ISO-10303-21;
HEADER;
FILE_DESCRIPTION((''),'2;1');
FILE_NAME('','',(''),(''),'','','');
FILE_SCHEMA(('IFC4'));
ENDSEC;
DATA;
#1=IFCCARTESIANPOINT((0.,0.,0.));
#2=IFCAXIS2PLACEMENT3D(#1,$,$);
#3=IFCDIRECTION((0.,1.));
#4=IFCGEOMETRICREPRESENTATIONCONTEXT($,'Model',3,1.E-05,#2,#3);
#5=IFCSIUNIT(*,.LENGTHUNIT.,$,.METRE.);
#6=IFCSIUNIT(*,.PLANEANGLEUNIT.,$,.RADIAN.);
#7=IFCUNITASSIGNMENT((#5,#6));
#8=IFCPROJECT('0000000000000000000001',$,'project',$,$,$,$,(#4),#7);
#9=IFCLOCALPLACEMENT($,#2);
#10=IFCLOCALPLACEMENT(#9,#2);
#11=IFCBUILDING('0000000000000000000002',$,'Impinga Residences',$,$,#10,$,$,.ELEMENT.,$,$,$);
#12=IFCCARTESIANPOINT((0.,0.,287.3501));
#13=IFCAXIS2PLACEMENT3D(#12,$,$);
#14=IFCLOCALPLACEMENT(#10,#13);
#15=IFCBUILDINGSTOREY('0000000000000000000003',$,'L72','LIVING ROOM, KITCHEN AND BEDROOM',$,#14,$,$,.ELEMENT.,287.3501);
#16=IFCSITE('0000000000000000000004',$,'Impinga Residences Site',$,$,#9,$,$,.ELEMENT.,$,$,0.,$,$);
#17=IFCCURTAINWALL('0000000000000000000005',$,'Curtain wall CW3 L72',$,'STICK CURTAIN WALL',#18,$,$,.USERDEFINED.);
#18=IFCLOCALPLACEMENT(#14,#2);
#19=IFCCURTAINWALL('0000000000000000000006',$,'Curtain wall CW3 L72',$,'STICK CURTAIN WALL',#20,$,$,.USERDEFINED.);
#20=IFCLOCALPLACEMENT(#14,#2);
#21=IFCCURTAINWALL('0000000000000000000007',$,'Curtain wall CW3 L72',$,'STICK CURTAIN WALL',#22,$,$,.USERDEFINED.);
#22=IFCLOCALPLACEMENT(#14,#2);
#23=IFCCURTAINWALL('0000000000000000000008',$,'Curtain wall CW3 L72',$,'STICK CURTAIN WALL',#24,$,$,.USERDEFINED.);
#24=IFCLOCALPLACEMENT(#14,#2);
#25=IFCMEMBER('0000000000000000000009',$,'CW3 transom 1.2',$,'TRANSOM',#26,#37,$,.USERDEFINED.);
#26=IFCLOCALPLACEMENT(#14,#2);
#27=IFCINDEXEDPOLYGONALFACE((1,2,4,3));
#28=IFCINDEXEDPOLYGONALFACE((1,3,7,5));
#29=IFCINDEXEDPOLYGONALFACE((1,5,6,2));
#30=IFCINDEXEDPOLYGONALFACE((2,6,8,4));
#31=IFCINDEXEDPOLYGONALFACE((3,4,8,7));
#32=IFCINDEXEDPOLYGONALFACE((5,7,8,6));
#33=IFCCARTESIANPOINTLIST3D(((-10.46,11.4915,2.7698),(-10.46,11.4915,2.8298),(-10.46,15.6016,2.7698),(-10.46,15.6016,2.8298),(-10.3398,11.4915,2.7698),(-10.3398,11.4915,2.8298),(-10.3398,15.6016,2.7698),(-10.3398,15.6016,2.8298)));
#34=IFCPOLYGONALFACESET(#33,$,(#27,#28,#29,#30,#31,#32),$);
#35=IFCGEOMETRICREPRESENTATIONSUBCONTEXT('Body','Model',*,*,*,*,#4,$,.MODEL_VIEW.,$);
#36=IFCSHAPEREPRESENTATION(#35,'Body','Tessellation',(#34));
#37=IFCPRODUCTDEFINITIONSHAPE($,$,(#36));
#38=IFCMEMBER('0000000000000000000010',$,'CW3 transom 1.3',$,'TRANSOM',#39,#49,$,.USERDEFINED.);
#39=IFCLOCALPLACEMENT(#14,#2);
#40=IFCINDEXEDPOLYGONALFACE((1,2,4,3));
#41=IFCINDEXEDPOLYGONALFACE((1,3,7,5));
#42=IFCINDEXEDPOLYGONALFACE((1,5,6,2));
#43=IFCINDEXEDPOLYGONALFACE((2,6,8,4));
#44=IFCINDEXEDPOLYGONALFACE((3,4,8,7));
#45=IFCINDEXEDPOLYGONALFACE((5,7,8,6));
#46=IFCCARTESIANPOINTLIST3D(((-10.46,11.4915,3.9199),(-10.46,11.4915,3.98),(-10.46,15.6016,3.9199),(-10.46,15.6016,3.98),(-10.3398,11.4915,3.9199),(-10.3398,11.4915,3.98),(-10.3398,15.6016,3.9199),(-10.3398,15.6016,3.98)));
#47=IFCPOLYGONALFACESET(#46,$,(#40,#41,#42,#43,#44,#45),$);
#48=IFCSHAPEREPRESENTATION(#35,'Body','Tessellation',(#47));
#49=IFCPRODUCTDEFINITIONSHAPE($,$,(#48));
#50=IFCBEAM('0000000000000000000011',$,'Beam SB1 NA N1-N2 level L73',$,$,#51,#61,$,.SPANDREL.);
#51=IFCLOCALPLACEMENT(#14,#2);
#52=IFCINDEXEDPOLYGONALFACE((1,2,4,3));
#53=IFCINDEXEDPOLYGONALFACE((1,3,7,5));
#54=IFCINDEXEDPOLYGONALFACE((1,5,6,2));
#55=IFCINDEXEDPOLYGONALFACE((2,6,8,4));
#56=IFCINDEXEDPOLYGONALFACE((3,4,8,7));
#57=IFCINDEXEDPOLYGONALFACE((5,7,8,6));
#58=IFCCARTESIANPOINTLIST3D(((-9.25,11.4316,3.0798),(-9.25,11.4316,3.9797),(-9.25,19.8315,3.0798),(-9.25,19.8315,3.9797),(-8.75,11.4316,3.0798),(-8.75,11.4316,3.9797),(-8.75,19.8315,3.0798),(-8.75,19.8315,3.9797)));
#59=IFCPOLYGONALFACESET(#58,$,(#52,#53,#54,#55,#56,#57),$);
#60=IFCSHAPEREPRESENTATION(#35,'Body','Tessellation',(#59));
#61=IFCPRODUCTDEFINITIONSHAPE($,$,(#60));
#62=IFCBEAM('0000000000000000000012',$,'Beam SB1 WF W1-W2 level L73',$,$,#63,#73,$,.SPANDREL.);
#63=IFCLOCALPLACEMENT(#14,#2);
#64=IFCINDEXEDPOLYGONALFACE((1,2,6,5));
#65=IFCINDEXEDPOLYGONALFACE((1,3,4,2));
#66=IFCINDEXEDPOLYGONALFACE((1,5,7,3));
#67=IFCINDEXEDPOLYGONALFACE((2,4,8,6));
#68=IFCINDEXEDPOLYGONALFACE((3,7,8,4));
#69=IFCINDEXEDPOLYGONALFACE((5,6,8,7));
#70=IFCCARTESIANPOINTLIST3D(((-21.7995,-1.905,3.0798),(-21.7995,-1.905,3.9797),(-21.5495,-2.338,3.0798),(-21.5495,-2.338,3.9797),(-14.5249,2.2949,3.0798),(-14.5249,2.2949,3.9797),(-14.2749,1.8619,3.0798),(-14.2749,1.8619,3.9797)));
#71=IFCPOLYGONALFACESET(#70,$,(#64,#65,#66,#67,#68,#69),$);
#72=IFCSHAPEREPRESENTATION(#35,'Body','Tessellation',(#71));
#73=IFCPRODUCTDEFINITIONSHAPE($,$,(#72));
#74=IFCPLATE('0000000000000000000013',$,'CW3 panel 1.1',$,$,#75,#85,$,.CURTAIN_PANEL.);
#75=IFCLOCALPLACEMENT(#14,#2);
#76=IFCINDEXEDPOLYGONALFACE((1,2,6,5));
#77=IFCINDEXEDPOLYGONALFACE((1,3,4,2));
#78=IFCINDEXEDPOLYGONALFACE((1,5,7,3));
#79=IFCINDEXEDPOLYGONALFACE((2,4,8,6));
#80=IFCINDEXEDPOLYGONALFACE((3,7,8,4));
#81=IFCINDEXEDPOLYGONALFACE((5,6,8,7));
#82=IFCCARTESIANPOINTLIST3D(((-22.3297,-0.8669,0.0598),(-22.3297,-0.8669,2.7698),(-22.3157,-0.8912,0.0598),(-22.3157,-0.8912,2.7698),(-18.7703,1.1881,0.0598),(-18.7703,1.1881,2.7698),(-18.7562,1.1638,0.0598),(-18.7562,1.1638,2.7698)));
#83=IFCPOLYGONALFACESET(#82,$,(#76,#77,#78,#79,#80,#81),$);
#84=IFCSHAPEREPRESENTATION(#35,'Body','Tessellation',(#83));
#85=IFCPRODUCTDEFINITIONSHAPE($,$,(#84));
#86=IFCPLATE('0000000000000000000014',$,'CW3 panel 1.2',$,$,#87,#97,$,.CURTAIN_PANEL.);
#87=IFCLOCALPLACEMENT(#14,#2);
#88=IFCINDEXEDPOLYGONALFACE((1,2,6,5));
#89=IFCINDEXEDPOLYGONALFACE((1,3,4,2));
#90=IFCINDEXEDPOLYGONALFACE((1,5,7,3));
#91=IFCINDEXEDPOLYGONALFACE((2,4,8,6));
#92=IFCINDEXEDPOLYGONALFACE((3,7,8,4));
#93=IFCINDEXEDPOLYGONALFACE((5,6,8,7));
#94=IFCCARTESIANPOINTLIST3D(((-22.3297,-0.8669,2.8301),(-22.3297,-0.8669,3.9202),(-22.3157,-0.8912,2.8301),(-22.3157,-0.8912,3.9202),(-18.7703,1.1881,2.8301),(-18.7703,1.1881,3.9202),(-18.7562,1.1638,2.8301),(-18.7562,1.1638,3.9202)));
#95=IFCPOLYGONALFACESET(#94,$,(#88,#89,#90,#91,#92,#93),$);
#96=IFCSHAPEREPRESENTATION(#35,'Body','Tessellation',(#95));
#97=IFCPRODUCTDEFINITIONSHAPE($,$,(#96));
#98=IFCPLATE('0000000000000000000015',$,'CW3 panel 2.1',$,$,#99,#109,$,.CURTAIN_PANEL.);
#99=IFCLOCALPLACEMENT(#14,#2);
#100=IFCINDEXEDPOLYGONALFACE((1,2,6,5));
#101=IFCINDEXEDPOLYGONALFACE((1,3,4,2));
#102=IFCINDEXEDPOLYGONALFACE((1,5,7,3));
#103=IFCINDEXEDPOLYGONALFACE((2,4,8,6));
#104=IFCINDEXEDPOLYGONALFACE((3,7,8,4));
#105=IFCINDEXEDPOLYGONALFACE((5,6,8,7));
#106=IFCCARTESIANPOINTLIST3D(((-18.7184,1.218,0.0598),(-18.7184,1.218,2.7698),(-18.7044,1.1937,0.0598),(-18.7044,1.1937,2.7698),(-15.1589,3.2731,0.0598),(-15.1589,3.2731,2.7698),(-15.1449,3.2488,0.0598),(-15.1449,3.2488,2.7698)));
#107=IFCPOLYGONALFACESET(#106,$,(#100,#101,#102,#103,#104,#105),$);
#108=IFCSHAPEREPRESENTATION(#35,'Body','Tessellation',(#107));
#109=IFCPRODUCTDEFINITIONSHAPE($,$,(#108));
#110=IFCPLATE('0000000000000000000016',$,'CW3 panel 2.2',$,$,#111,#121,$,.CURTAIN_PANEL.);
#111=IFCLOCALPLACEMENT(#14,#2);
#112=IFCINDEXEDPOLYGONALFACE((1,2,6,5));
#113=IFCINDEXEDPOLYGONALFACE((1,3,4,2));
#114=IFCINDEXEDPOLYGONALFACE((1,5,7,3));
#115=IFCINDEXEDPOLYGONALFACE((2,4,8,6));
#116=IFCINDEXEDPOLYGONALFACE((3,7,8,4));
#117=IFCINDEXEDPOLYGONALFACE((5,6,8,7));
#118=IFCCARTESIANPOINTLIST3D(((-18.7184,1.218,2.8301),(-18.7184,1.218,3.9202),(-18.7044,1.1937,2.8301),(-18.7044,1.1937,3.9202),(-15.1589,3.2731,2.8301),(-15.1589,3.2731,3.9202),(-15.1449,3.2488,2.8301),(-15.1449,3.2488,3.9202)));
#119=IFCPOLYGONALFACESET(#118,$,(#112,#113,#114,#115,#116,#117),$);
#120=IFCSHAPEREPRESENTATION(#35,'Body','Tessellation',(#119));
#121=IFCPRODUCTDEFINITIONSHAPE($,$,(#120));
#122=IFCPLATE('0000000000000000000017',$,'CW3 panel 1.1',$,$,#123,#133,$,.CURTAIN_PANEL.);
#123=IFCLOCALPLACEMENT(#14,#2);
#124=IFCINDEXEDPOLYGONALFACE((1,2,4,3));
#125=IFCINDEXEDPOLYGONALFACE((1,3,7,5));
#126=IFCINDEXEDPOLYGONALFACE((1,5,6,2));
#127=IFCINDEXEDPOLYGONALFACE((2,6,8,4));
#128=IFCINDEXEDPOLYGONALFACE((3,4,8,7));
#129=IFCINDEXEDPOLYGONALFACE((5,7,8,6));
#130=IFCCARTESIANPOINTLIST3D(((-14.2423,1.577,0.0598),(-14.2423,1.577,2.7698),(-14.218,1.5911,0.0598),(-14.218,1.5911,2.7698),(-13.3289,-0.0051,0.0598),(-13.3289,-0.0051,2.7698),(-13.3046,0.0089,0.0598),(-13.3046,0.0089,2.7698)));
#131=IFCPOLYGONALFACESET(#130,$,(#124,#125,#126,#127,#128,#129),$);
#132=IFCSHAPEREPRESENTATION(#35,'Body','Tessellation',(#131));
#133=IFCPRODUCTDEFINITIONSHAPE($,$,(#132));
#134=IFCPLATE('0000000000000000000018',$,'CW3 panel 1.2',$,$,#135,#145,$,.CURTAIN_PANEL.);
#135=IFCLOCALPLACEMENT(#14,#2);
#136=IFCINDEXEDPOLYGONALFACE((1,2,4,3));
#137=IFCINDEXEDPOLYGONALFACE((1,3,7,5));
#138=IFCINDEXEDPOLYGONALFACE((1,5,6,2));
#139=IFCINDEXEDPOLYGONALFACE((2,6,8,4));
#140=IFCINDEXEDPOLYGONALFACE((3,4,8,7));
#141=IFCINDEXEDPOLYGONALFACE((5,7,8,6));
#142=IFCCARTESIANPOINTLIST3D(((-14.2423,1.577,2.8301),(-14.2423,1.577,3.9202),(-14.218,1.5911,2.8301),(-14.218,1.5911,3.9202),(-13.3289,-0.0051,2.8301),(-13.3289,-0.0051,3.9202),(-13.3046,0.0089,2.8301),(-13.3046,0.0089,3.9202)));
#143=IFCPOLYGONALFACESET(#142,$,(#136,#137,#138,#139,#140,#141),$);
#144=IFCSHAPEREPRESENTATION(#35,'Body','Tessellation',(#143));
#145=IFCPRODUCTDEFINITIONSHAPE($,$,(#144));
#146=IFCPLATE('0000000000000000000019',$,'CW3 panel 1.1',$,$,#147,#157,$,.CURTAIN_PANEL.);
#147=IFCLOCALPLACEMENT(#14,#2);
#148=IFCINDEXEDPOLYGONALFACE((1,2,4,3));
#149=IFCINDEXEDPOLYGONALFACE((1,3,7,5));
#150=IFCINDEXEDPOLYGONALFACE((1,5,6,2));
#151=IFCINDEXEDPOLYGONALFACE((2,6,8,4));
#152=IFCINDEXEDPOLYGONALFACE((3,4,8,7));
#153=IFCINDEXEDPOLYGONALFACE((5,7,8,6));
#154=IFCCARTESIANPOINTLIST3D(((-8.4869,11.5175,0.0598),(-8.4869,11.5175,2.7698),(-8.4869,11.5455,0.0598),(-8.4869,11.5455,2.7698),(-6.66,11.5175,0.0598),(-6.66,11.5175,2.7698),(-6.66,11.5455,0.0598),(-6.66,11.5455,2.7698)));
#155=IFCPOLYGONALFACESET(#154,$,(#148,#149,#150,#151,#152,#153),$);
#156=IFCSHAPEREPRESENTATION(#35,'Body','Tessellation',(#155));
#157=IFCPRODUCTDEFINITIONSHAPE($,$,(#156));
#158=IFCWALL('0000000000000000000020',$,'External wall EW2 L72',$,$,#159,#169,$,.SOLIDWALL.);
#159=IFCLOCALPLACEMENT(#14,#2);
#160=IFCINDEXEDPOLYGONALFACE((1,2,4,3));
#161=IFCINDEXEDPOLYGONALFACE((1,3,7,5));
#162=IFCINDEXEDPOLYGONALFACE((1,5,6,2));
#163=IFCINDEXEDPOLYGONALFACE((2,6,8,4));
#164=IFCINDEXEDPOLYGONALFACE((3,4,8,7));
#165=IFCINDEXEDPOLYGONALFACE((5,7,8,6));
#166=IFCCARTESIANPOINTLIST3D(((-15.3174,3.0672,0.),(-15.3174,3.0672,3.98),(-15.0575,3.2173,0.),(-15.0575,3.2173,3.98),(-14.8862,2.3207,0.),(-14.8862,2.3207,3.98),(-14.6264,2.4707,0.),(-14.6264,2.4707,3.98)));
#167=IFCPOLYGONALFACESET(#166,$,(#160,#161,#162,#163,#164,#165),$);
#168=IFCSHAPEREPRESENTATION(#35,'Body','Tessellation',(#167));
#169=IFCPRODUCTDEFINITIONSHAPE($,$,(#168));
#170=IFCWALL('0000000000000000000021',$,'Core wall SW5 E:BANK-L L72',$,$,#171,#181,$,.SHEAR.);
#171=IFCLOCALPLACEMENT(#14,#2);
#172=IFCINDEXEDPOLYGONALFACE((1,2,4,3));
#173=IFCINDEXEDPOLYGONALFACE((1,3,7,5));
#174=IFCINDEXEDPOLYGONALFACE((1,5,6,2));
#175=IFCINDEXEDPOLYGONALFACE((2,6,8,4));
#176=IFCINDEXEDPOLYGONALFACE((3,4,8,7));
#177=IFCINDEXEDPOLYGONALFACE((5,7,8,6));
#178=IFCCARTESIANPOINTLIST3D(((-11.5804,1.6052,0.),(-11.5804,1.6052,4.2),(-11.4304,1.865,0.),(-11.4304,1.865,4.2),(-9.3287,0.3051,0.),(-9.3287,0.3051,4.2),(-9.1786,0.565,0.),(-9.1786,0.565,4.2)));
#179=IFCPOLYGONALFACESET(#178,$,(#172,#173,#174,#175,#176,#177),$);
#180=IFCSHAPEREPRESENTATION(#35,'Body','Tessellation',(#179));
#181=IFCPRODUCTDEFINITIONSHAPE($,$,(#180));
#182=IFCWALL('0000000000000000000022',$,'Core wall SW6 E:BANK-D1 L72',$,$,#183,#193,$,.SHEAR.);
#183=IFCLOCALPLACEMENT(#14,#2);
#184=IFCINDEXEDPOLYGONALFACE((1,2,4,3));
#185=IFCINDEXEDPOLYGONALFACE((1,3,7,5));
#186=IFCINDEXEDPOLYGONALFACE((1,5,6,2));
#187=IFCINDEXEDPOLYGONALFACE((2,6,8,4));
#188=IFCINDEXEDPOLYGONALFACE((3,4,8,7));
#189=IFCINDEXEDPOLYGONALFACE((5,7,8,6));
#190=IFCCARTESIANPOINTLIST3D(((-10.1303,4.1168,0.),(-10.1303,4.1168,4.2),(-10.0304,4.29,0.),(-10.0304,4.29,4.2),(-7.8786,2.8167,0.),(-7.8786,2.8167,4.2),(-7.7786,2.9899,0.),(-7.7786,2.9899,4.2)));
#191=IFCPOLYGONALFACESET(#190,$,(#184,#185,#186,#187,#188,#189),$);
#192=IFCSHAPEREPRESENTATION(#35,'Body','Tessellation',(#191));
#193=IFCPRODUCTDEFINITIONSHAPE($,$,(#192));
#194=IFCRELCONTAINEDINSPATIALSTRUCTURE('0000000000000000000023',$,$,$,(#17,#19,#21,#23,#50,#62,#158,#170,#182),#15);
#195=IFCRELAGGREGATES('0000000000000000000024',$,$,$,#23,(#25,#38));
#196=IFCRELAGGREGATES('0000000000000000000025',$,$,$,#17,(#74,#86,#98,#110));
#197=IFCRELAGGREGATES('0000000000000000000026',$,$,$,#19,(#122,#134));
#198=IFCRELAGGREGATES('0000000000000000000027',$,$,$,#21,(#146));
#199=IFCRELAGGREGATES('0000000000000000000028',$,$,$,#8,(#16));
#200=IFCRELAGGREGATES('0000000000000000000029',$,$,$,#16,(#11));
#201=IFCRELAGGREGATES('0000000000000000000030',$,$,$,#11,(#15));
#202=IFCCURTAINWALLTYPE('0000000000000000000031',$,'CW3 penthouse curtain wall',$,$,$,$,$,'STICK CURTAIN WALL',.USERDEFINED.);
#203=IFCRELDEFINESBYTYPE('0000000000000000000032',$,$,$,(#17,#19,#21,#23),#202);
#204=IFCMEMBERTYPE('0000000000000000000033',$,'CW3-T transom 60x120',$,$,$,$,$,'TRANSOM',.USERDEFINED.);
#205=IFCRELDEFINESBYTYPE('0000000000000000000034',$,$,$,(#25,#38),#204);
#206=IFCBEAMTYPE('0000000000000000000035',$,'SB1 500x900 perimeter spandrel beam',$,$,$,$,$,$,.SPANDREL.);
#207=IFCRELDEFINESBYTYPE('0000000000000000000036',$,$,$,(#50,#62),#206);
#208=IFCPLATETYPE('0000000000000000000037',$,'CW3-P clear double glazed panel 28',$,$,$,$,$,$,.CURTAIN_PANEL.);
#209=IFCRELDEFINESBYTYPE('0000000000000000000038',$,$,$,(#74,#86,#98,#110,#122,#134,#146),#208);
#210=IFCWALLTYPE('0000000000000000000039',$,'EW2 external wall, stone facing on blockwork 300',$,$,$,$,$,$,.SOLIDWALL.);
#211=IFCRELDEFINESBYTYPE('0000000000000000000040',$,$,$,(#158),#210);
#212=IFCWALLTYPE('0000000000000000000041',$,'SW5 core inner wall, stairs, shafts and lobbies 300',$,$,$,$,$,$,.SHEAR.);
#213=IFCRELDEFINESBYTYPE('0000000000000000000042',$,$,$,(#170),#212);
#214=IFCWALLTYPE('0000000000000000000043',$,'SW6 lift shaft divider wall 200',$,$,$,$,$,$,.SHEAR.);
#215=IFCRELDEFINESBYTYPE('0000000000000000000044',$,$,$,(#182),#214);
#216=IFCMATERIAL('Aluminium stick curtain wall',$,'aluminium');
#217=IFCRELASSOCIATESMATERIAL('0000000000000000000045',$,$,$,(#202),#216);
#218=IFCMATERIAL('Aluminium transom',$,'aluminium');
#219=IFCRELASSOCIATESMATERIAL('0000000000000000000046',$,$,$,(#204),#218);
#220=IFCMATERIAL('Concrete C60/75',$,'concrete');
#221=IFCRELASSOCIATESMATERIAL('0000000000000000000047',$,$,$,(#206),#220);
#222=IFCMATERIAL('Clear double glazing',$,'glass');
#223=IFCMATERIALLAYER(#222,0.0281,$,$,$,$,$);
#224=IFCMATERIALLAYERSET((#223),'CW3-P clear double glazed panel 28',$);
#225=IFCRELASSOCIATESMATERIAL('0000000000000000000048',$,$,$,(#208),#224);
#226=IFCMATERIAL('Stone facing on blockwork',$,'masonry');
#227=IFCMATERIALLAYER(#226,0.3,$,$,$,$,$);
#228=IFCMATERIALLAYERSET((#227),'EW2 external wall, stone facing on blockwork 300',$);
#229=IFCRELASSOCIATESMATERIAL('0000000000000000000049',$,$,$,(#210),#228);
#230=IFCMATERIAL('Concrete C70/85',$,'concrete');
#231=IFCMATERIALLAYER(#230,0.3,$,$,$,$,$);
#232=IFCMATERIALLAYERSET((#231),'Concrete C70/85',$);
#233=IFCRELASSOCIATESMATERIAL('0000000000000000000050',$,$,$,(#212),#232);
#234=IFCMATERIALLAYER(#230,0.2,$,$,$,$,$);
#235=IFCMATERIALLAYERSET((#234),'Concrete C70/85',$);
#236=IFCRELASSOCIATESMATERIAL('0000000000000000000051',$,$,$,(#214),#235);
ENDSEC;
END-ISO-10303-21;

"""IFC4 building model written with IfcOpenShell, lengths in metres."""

from ifc_helpers import new_model, si_unit, direction, frame, frame_2d, origin, origin_2d, place, context, subcontext, project, spatial, rectangle, extrude, material, layer, layer_set, material_profile, profile_set, type_object, element, aggregate, save


model = new_model("IFC4")

# Units and contexts
model_context = context("Model", 3, precision=1e-05, world=origin(), true_north=direction((0.0, 1.0)))
body_context = subcontext(model_context, "Body", "Model", "MODEL_VIEW")
ifc_project = project(units=[si_unit("LENGTHUNIT", "METRE"), si_unit("PLANEANGLEUNIT", "RADIAN")], contexts=[model_context])

# Site, building, storey
site_placement = place(None, origin())
site = spatial("IfcSite", under=ifc_project, at=site_placement, Name="Impinga Residences Site", CompositionType="ELEMENT", RefElevation=0.0)
building_placement = place(site_placement, origin())
building = spatial("IfcBuilding", under=site, at=building_placement, Name="Impinga Residences", CompositionType="ELEMENT")
storey_placement = place(building_placement, frame((0.0, 0.0, 287.3501)))
storey = spatial("IfcBuildingStorey", under=building, at=storey_placement, Name="L72", Description="LIVING ROOM, KITCHEN AND BEDROOM", CompositionType="ELEMENT", Elevation=287.3501)

# Shared definitions
ifc_material_1 = material(Name="Concrete C60/75", Category="concrete")

# Curtain wall
ifc_material_2 = material(Name="Aluminium stick curtain wall", Category="aluminium")
curtain_wall_type = type_object("IfcCurtainWallType", Name="CW3 penthouse curtain wall", ElementType="STICK CURTAIN WALL", PredefinedType="USERDEFINED", material=ifc_material_2)
curtain_wall_1_placement = place(storey_placement, origin())
curtain_wall_1 = element("IfcCurtainWall", 1, at=curtain_wall_1_placement, inside=storey, type_object=curtain_wall_type, Name="Curtain wall CW3 L72", ObjectType="STICK CURTAIN WALL", PredefinedType="USERDEFINED")

# Curtain walls
curtain_wall_2_placement = place(storey_placement, origin())
curtain_wall_2 = element("IfcCurtainWall", 2, at=curtain_wall_2_placement, inside=storey, type_object=curtain_wall_type, Name="Curtain wall CW3 L72", ObjectType="STICK CURTAIN WALL", PredefinedType="USERDEFINED")
curtain_wall_3_placement = place(storey_placement, origin())
curtain_wall_3 = element("IfcCurtainWall", 3, at=curtain_wall_3_placement, inside=storey, type_object=curtain_wall_type, Name="Curtain wall CW3 L72", ObjectType="STICK CURTAIN WALL", PredefinedType="USERDEFINED")
curtain_wall_4_placement = place(storey_placement, origin())
curtain_wall_4 = element("IfcCurtainWall", 4, at=curtain_wall_4_placement, inside=storey, type_object=curtain_wall_type, Name="Curtain wall CW3 L72", ObjectType="STICK CURTAIN WALL", PredefinedType="USERDEFINED")

# Members
ifc_material_3 = material(Name="Aluminium transom", Category="aluminium")
ifc_material_profile_1 = material_profile(ifc_material_3, rectangle(XDim=0.0601, YDim=0.1201, at=origin_2d()), Name="60x120 transom")
ifc_profile_set_1 = profile_set([ifc_material_profile_1], Name="Aluminium transom")
member_type_1 = type_object("IfcMemberType", Name="CW3-T transom 60x120", ElementType="TRANSOM", PredefinedType="USERDEFINED", material=ifc_profile_set_1)
member_1_placement = place(storey_placement, frame((-10.3999, 11.4915, 2.7998), z_axis=(0.0, 1.0, 0.0), x_axis=(0.0, 0.0, 1.0)))
member_1 = element("IfcMember", 5, at=member_1_placement, type_object=member_type_1, Name="CW3 transom 1.2", ObjectType="TRANSOM", PredefinedType="USERDEFINED", context=body_context, shape_type="SweptSolid", body=[
    extrude(rectangle(XDim=0.0601, YDim=0.1201, at=origin_2d()), origin(), (0.0, 0.0, 1.0), 4.1101),
])
member_2_placement = place(storey_placement, frame((-10.3999, 11.4915, 3.95), z_axis=(0.0, 1.0, 0.0), x_axis=(0.0, 0.0, 1.0)))
member_2 = element("IfcMember", 6, at=member_2_placement, type_object=member_type_1, Name="CW3 transom 1.3", ObjectType="TRANSOM", PredefinedType="USERDEFINED", context=body_context, shape_type="SweptSolid", body=[
    extrude(rectangle(XDim=0.0601, YDim=0.1201, at=origin_2d()), origin(), (0.0, 0.0, 1.0), 4.1101),
])
aggregate(curtain_wall_4, [member_1, member_2])

# Beams
ifc_material_profile_2 = material_profile(ifc_material_1, rectangle(XDim=0.5, YDim=0.8999, at=origin_2d()), Name="RC 500x900")
ifc_profile_set_2 = profile_set([ifc_material_profile_2], Name="Concrete C60/75")
beam_type = type_object("IfcBeamType", Name="SB1 500x900 perimeter spandrel beam", PredefinedType="SPANDREL", material=ifc_profile_set_2)
for number, where, z_axis, x_axis, name in (
    (7, (-9.0, 11.4316, 3.5298), (0.0, 1.0, 0.0), (-1.0, 0.0, 0.0), "Beam SB1 NA N1-N2 level L73"),
    (8, (-14.3999, 2.0784, 3.5298), (-0.866029, -0.499993, 0.0), (0.499993, -0.866029, 0.0), "Beam SB1 WF W1-W2 level L73"),
):
    element("IfcBeam", number, at=place(storey_placement, frame(where, z_axis=z_axis, x_axis=x_axis)), inside=storey, type_object=beam_type, Name=name, PredefinedType="SPANDREL", context=body_context, shape_type="SweptSolid", body=[
        extrude(rectangle(XDim=0.5, YDim=0.8999, at=origin_2d()), origin(), (0.0, 0.0, 1.0), 8.3999),
    ])

# Plates
ifc_material_4 = material(Name="Clear double glazing", Category="glass")
ifc_layer_1 = layer(ifc_material_4, 0.0281)
ifc_layer_set_1 = layer_set([ifc_layer_1], Name="CW3-P clear double glazed panel 28")
plate_type = type_object("IfcPlateType", Name="CW3-P clear double glazed panel 28", PredefinedType="CURTAIN_PANEL", material=ifc_layer_set_1)
plate_1_placement = place(storey_placement, frame((-20.543, 0.1484, 0.0598), z_axis=(0.0, 0.0, 1.0), x_axis=(0.866025, 0.5, 0.0)))
plate_1 = element("IfcPlate", 9, at=plate_1_placement, type_object=plate_type, Name="CW3 panel 1.1", PredefinedType="CURTAIN_PANEL", context=body_context, shape_type="SweptSolid", body=[
    extrude(rectangle(XDim=4.1101, YDim=0.0281, at=origin_2d()), origin(), (0.0, 0.0, 1.0), 2.71),
])
plate_2_placement = place(storey_placement, frame((-20.543, 0.1484, 2.8301), z_axis=(0.0, 0.0, 1.0), x_axis=(0.866025, 0.5, 0.0)))
plate_2 = element("IfcPlate", 10, at=plate_2_placement, type_object=plate_type, Name="CW3 panel 1.2", PredefinedType="CURTAIN_PANEL", context=body_context, shape_type="SweptSolid", body=[
    extrude(rectangle(XDim=4.1101, YDim=0.0281, at=origin_2d()), origin(), (0.0, 0.0, 1.0), 1.0901),
])
plate_3_placement = place(storey_placement, frame((-16.9316, 2.2334, 0.0598), z_axis=(0.0, 0.0, 1.0), x_axis=(0.866025, 0.5, 0.0)))
plate_3 = element("IfcPlate", 11, at=plate_3_placement, type_object=plate_type, Name="CW3 panel 2.1", PredefinedType="CURTAIN_PANEL", context=body_context, shape_type="SweptSolid", body=[
    extrude(rectangle(XDim=4.1101, YDim=0.0281, at=origin_2d()), origin(), (0.0, 0.0, 1.0), 2.71),
])
plate_4_placement = place(storey_placement, frame((-16.9316, 2.2334, 2.8301), z_axis=(0.0, 0.0, 1.0), x_axis=(0.866025, 0.5, 0.0)))
plate_4 = element("IfcPlate", 12, at=plate_4_placement, type_object=plate_type, Name="CW3 panel 2.2", PredefinedType="CURTAIN_PANEL", context=body_context, shape_type="SweptSolid", body=[
    extrude(rectangle(XDim=4.1101, YDim=0.0281, at=origin_2d()), origin(), (0.0, 0.0, 1.0), 1.0901),
])
aggregate(curtain_wall_1, [plate_1, plate_2, plate_3, plate_4])
plate_5_placement = place(storey_placement, frame((-13.7734, 0.793, 0.0598), z_axis=(0.0, 0.0, 1.0), x_axis=(0.5, -0.866025, 0.0)))
plate_5 = element("IfcPlate", 13, at=plate_5_placement, type_object=plate_type, Name="CW3 panel 1.1", PredefinedType="CURTAIN_PANEL", context=body_context, shape_type="SweptSolid", body=[
    extrude(rectangle(XDim=1.8269, YDim=0.0281, at=origin_2d()), origin(), (0.0, 0.0, 1.0), 2.71),
])
plate_6_placement = place(storey_placement, frame((-13.7734, 0.793, 2.8301), z_axis=(0.0, 0.0, 1.0), x_axis=(0.5, -0.866025, 0.0)))
plate_6 = element("IfcPlate", 14, at=plate_6_placement, type_object=plate_type, Name="CW3 panel 1.2", PredefinedType="CURTAIN_PANEL", context=body_context, shape_type="SweptSolid", body=[
    extrude(rectangle(XDim=1.8269, YDim=0.0281, at=origin_2d()), origin(), (0.0, 0.0, 1.0), 1.0901),
])
aggregate(curtain_wall_2, [plate_5, plate_6])
plate_7_placement = place(storey_placement, frame((-7.5735, 11.5315, 0.0598), z_axis=(0.0, 0.0, 1.0), x_axis=(-1.0, 0.0, 0.0)))
plate_7 = element("IfcPlate", 15, at=plate_7_placement, type_object=plate_type, Name="CW3 panel 1.1", PredefinedType="CURTAIN_PANEL", context=body_context, shape_type="SweptSolid", body=[
    extrude(rectangle(XDim=1.8269, YDim=0.0281, at=origin_2d()), origin(), (0.0, 0.0, 1.0), 2.71),
])
aggregate(curtain_wall_3, [plate_7])

# Walls
ifc_material_5 = material(Name="Stone facing on blockwork", Category="masonry")
ifc_layer_2 = layer(ifc_material_5, 0.3)
ifc_layer_set_2 = layer_set([ifc_layer_2], Name="EW2 external wall, stone facing on blockwork 300")
wall_type_1 = type_object("IfcWallType", Name="EW2 external wall, stone facing on blockwork 300", PredefinedType="SOLIDWALL", material=ifc_layer_set_2)
wall_1_placement = place(storey_placement, frame((-15.1875, 3.1423, 0.0), z_axis=(0.0, 0.0, 1.0), x_axis=(0.500098, -0.865969, 0.0)))
element("IfcWall", 16, at=wall_1_placement, inside=storey, type_object=wall_type_1, Name="External wall EW2 L72", PredefinedType="SOLIDWALL", context=body_context, shape_type="SweptSolid", body=[
    extrude(rectangle(XDim=0.8621, YDim=0.3, at=frame_2d((0.4312, 0.0))), origin(), (0.0, 0.0, 1.0), 3.98),
])
ifc_material_6 = material(Name="Concrete C70/85", Category="concrete")
ifc_layer_3 = layer(ifc_material_6, 0.3)
ifc_layer_set_3 = layer_set([ifc_layer_3], Name="Concrete C70/85")
wall_type_2 = type_object("IfcWallType", Name="SW5 core inner wall, stairs, shafts and lobbies 300", PredefinedType="SHEAR", material=ifc_layer_set_3)
wall_2_placement = place(storey_placement, frame((-9.2537, 0.4351, 0.0), z_axis=(0.0, 0.0, 1.0), x_axis=(-0.866021, 0.500007, 0.0)))
element("IfcWall", 17, at=wall_2_placement, inside=storey, type_object=wall_type_2, Name="Core wall SW5 E:BANK-L L72", PredefinedType="SHEAR", context=body_context, shape_type="SweptSolid", body=[
    extrude(rectangle(XDim=2.6001, YDim=0.3, at=frame_2d((1.3, 0.0))), origin(), (0.0, 0.0, 1.0), 4.2),
])
ifc_layer_4 = layer(ifc_material_6, 0.2)
ifc_layer_set_4 = layer_set([ifc_layer_4], Name="Concrete C70/85")
wall_type_3 = type_object("IfcWallType", Name="SW6 lift shaft divider wall 200", PredefinedType="SHEAR", material=ifc_layer_set_4)
wall_3_placement = place(storey_placement, frame((-7.8286, 2.9033, 0.0), z_axis=(0.0, 0.0, 1.0), x_axis=(-0.866021, 0.500007, 0.0)))
element("IfcWall", 18, at=wall_3_placement, inside=storey, type_object=wall_type_3, Name="Core wall SW6 E:BANK-D1 L72", PredefinedType="SHEAR", context=body_context, shape_type="SweptSolid", body=[
    extrude(rectangle(XDim=2.6001, YDim=0.2, at=frame_2d((1.3, 0.0))), origin(), (0.0, 0.0, 1.0), 4.2),
])

save(model, "model.ifc")
